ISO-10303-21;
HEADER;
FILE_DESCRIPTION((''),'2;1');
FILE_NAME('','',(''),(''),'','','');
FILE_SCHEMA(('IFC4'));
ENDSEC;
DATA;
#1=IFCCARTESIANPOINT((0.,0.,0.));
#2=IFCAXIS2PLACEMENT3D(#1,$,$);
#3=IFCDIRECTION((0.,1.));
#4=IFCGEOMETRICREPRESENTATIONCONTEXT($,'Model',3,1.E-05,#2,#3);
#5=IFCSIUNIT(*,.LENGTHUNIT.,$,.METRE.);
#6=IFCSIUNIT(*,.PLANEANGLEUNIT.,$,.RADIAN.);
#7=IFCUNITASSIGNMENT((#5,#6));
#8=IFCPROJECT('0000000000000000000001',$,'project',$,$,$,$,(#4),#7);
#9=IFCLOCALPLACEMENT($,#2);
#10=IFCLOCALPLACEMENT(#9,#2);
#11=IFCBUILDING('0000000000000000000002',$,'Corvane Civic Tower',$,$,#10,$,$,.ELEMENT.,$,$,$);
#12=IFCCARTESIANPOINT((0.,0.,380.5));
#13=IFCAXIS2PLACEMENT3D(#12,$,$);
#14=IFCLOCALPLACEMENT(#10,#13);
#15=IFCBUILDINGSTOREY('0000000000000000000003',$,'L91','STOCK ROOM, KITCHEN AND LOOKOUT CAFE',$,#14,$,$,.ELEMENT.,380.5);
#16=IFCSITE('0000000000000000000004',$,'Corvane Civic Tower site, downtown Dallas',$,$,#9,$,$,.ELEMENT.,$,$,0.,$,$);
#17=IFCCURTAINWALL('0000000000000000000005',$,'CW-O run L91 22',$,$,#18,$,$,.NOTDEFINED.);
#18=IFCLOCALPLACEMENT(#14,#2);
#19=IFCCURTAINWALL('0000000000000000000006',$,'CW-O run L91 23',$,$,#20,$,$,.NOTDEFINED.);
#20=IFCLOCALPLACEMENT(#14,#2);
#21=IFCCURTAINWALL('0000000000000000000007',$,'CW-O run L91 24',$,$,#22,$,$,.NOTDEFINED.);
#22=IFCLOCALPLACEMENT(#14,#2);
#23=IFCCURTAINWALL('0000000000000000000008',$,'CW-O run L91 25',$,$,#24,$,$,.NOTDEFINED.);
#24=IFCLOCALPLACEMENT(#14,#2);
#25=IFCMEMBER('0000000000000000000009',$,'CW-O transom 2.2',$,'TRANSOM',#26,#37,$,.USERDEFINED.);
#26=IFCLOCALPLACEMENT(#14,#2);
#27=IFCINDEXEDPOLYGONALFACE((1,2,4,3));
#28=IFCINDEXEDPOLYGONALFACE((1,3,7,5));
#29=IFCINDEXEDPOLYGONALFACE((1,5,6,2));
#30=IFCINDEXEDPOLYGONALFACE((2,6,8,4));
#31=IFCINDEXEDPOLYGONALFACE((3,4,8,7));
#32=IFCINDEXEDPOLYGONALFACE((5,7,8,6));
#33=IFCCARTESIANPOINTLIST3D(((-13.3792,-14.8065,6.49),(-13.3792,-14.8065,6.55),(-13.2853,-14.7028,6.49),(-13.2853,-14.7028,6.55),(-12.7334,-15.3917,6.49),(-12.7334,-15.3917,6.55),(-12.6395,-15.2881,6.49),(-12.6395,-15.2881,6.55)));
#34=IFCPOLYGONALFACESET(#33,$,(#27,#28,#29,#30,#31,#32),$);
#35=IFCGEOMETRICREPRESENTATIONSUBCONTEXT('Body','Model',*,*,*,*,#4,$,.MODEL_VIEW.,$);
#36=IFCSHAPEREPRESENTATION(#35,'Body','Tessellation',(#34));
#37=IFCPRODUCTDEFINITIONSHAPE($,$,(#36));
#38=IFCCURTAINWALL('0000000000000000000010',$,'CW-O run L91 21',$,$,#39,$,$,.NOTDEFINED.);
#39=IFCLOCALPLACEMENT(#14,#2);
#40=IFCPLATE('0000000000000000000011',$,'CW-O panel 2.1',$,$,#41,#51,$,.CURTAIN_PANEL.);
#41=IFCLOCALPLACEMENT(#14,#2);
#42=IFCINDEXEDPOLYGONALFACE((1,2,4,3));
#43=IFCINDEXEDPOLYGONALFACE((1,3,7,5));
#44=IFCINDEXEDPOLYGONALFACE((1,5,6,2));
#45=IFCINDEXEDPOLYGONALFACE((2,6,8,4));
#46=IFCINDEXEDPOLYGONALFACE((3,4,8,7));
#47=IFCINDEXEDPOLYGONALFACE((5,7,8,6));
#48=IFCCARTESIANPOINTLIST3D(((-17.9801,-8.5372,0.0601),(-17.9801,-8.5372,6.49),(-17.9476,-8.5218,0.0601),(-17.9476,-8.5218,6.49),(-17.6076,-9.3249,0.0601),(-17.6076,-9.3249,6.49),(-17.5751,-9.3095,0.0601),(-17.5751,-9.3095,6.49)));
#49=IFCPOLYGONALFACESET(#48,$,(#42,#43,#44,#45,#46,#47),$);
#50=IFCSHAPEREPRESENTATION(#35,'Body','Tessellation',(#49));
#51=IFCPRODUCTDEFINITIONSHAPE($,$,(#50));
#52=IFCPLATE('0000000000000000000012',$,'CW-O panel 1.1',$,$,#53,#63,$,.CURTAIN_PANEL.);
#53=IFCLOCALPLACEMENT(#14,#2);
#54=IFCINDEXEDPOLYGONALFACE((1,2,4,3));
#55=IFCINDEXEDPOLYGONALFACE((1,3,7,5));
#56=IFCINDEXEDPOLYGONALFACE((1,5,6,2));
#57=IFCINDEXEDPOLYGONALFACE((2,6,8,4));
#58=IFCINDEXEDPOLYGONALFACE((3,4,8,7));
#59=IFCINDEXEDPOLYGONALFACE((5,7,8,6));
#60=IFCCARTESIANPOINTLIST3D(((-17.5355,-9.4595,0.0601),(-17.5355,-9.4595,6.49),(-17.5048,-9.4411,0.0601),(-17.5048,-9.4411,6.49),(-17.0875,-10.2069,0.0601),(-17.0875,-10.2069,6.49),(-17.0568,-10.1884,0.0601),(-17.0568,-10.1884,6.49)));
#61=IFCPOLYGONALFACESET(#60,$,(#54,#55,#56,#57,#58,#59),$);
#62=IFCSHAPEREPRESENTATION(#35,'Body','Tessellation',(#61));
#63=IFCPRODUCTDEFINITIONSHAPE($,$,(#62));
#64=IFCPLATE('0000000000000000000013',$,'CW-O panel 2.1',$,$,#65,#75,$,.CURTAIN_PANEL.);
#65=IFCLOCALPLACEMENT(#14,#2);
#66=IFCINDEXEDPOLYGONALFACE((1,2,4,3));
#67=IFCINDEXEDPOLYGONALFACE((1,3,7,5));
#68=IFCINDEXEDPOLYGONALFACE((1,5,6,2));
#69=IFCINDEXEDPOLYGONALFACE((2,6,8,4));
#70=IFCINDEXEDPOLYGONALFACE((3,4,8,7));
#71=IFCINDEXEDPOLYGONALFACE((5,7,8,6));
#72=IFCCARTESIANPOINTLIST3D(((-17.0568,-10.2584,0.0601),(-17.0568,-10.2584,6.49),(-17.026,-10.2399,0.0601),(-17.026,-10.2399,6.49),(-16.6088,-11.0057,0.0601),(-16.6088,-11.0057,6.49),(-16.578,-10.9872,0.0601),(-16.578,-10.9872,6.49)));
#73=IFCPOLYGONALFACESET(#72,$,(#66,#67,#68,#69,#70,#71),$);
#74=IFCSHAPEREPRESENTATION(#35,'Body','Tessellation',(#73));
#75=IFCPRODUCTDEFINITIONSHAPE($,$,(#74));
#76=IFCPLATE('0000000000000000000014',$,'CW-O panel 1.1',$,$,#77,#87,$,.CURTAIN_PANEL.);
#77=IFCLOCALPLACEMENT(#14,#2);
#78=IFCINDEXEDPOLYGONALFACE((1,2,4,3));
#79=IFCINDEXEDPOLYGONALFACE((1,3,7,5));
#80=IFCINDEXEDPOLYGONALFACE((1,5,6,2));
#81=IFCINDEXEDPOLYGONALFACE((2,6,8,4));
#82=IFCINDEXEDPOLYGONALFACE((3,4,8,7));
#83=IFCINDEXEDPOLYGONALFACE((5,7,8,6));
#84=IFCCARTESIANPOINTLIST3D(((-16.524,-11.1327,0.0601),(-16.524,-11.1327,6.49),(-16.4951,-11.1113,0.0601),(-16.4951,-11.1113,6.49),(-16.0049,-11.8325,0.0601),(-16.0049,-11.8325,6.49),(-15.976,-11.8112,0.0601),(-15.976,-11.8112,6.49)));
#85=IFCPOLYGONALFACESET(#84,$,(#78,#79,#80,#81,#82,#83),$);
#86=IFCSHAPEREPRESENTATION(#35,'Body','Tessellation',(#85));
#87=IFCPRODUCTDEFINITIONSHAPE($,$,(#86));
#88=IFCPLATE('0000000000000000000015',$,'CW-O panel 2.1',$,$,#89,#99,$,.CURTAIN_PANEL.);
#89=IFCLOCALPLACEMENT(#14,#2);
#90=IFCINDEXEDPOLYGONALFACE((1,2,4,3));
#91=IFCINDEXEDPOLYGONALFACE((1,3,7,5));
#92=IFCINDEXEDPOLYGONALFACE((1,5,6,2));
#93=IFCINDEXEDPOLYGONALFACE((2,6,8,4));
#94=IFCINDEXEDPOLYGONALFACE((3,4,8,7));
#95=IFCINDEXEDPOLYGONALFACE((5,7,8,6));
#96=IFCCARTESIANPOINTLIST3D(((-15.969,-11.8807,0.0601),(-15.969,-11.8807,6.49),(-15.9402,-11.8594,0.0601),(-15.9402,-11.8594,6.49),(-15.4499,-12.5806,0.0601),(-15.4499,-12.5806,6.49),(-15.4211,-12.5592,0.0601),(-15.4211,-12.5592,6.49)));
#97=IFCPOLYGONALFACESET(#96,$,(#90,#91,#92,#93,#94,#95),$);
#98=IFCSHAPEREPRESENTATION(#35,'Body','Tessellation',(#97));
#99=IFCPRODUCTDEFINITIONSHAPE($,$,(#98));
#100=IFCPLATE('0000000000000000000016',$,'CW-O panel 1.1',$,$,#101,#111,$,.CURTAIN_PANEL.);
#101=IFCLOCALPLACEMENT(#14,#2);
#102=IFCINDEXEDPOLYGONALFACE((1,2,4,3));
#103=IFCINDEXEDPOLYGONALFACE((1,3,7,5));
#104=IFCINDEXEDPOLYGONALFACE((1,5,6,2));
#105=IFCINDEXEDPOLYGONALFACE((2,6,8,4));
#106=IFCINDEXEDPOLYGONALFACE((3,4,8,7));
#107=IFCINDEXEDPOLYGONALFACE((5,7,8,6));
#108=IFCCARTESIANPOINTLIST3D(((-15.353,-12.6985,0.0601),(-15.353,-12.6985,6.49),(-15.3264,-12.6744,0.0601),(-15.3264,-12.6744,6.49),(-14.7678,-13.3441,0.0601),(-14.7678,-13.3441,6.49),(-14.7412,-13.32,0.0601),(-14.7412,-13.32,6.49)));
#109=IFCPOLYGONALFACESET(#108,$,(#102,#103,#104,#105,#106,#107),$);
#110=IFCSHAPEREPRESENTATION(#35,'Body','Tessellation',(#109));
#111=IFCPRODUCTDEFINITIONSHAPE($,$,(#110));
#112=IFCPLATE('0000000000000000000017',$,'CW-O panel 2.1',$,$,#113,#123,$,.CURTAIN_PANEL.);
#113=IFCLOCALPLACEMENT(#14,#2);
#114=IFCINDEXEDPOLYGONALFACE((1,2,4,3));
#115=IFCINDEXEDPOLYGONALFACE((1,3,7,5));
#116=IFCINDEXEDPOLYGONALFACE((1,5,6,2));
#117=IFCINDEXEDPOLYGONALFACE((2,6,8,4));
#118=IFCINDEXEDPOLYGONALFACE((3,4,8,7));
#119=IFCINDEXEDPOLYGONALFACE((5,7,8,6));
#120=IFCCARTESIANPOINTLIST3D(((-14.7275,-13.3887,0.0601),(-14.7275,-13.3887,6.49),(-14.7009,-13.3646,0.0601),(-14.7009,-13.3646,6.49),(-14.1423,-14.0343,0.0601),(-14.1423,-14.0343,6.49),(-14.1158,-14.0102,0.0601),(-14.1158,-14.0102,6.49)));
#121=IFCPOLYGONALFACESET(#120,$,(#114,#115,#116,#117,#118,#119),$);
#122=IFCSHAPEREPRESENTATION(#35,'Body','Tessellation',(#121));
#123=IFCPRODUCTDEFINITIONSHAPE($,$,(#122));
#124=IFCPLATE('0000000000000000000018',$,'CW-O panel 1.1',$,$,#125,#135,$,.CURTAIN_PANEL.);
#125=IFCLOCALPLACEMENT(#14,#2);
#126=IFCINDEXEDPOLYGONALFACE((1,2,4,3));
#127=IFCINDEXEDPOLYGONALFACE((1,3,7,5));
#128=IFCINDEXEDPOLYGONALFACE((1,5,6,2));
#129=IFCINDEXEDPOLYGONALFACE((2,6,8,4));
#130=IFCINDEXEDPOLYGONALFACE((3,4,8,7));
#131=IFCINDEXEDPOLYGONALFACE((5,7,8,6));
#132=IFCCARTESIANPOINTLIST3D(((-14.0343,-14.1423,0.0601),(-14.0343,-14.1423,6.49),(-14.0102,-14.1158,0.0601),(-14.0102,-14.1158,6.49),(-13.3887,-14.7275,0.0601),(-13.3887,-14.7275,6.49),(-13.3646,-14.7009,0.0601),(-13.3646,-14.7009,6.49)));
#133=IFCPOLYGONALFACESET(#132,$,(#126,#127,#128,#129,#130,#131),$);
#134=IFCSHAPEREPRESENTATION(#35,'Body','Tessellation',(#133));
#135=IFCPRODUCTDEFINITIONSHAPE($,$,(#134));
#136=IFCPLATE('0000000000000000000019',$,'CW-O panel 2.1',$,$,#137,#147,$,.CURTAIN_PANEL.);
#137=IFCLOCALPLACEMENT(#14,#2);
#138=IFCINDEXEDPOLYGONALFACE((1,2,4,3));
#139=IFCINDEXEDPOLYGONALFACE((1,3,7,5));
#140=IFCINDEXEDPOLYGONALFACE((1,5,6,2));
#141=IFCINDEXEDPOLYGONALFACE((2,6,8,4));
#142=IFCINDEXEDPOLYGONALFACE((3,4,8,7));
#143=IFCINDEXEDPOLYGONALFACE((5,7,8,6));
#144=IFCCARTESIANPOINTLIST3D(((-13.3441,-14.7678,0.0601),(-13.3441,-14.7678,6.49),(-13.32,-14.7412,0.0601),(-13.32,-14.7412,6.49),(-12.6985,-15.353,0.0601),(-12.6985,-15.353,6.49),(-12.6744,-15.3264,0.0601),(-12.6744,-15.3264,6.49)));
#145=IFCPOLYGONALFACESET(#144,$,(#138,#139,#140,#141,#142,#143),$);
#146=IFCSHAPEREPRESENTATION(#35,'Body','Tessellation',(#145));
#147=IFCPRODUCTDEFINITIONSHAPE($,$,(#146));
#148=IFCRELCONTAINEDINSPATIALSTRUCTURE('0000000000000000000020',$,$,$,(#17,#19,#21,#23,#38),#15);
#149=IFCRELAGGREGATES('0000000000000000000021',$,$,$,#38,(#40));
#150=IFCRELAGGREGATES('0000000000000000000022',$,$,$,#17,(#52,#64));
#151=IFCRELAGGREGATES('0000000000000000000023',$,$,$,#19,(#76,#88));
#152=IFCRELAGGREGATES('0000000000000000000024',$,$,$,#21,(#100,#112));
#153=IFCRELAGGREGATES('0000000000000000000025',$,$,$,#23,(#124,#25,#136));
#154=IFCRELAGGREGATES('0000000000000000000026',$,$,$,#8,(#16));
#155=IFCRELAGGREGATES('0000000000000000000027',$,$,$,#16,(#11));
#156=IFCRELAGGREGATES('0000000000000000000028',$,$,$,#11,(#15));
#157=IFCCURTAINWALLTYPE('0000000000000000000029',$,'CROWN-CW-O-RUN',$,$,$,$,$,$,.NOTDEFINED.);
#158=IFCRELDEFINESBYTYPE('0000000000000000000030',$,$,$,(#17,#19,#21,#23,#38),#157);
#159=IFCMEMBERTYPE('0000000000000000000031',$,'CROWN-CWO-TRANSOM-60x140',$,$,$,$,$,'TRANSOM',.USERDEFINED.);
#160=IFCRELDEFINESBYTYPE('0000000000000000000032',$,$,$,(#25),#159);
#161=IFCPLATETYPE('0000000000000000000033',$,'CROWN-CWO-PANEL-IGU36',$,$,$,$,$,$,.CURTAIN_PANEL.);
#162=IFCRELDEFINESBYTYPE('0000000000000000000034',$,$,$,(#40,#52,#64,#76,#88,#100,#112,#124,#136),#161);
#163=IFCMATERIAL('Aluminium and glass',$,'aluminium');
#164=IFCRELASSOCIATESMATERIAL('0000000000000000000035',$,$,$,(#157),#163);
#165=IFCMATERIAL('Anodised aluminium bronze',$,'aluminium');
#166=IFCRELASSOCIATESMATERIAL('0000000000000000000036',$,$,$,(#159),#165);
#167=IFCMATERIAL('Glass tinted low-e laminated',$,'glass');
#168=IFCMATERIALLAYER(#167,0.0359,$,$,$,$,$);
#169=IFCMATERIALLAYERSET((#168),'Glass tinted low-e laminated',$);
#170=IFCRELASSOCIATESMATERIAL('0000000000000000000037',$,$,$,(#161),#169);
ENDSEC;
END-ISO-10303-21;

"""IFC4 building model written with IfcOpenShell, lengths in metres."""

from ifc_helpers import new_model, si_unit, direction, frame, origin, origin_2d, place, context, subcontext, project, spatial, rectangle, extrude, material, layer, layer_set, material_profile, profile_set, type_object, element, aggregate, save


model = new_model("IFC4")

# Units and contexts
model_context = context("Model", 3, precision=1e-05, world=origin(), true_north=direction((0.0, 1.0)))
body_context = subcontext(model_context, "Body", "Model", "MODEL_VIEW")
ifc_project = project(units=[si_unit("LENGTHUNIT", "METRE"), si_unit("PLANEANGLEUNIT", "RADIAN")], contexts=[model_context])

# Site, building, storey
site_placement = place(None, origin())
site = spatial("IfcSite", under=ifc_project, at=site_placement, Name="Corvane Civic Tower site, downtown Dallas", CompositionType="ELEMENT", RefElevation=0.0)
building_placement = place(site_placement, origin())
building = spatial("IfcBuilding", under=site, at=building_placement, Name="Corvane Civic Tower", CompositionType="ELEMENT")
storey_placement = place(building_placement, frame((0.0, 0.0, 380.5)))
storey = spatial("IfcBuildingStorey", under=building, at=storey_placement, Name="L91", Description="STOCK ROOM, KITCHEN AND LOOKOUT CAFE", CompositionType="ELEMENT", Elevation=380.5)

# Curtain walls, member
ifc_material_1 = material(Name="Aluminium and glass", Category="aluminium")
curtain_wall_type = type_object("IfcCurtainWallType", Name="CROWN-CW-O-RUN", PredefinedType="NOTDEFINED", material=ifc_material_1)
curtain_wall_1_placement = place(storey_placement, origin())
curtain_wall_1 = element("IfcCurtainWall", 1, at=curtain_wall_1_placement, inside=storey, type_object=curtain_wall_type, Name="CW-O run L91 22", PredefinedType="NOTDEFINED")
ifc_material_2 = material(Name="Anodised aluminium bronze", Category="aluminium")
ifc_material_profile = material_profile(ifc_material_2, rectangle(XDim=0.1399, YDim=0.0601, at=origin_2d()), Name="AL 140x60")
ifc_profile_set = profile_set([ifc_material_profile], Name="Anodised aluminium bronze")
member_type = type_object("IfcMemberType", Name="CROWN-CWO-TRANSOM-60x140", ElementType="TRANSOM", PredefinedType="USERDEFINED", material=ifc_profile_set)
curtain_wall_2_placement = place(storey_placement, origin())
curtain_wall_2 = element("IfcCurtainWall", 2, at=curtain_wall_2_placement, inside=storey, type_object=curtain_wall_type, Name="CW-O run L91 23", PredefinedType="NOTDEFINED")
curtain_wall_3_placement = place(storey_placement, origin())
curtain_wall_3 = element("IfcCurtainWall", 3, at=curtain_wall_3_placement, inside=storey, type_object=curtain_wall_type, Name="CW-O run L91 24", PredefinedType="NOTDEFINED")
curtain_wall_4_placement = place(storey_placement, origin())
curtain_wall_4 = element("IfcCurtainWall", 4, at=curtain_wall_4_placement, inside=storey, type_object=curtain_wall_type, Name="CW-O run L91 25", PredefinedType="NOTDEFINED")
member_1_placement = place(storey_placement, frame((-13.3323, -14.7546, 6.52), z_axis=(0.740991, -0.671515, 0.0), x_axis=(0.671515, 0.740991, 0.0)))
member_1 = element("IfcMember", 5, at=member_1_placement, type_object=member_type, Name="CW-O transom 2.2", ObjectType="TRANSOM", PredefinedType="USERDEFINED", context=body_context, shape_type="SweptSolid", body=[
    extrude(rectangle(XDim=0.1399, YDim=0.0601, at=origin_2d()), origin(), (0.0, 0.0, 1.0), 0.8716),
])

# Curtain wall, plate
curtain_wall_5_placement = place(storey_placement, origin())
curtain_wall_5 = element("IfcCurtainWall", 6, at=curtain_wall_5_placement, inside=storey, type_object=curtain_wall_type, Name="CW-O run L91 21", PredefinedType="NOTDEFINED")
ifc_material_3 = material(Name="Glass tinted low-e laminated", Category="glass")
ifc_layer = layer(ifc_material_3, 0.0359)
ifc_layer_set = layer_set([ifc_layer], Name="Glass tinted low-e laminated")
plate_type = type_object("IfcPlateType", Name="CROWN-CWO-PANEL-IGU36", PredefinedType="CURTAIN_PANEL", material=ifc_layer_set)
plate_1_placement = place(storey_placement, frame((-17.7776, -8.9233, 0.0601), z_axis=(0.0, 0.0, 1.0), x_axis=(0.427509, -0.904011, 0.0)))
plate_1 = element("IfcPlate", 7, at=plate_1_placement, type_object=plate_type, Name="CW-O panel 2.1", PredefinedType="CURTAIN_PANEL", context=body_context, shape_type="SweptSolid", body=[
    extrude(rectangle(XDim=0.8713, YDim=0.0359, at=origin_2d()), origin(), (0.0, 0.0, 1.0), 6.4299),
])
aggregate(curtain_wall_5, [plate_1])

# Plates
plate_2_placement = place(storey_placement, frame((-17.2961, -9.824, 0.0601), z_axis=(0.0, 0.0, 1.0), x_axis=(0.514152, -0.857699, 0.0)))
plate_2 = element("IfcPlate", 8, at=plate_2_placement, type_object=plate_type, Name="CW-O panel 1.1", PredefinedType="CURTAIN_PANEL", context=body_context, shape_type="SweptSolid", body=[
    extrude(rectangle(XDim=0.8713, YDim=0.0359, at=origin_2d()), origin(), (0.0, 0.0, 1.0), 6.4299),
])
plate_3_placement = place(storey_placement, frame((-16.8174, -10.6228, 0.0601), z_axis=(0.0, 0.0, 1.0), x_axis=(0.514152, -0.857699, 0.0)))
plate_3 = element("IfcPlate", 9, at=plate_3_placement, type_object=plate_type, Name="CW-O panel 2.1", PredefinedType="CURTAIN_PANEL", context=body_context, shape_type="SweptSolid", body=[
    extrude(rectangle(XDim=0.8713, YDim=0.0359, at=origin_2d()), origin(), (0.0, 0.0, 1.0), 6.4299),
])
aggregate(curtain_wall_1, [plate_2, plate_3])
plate_4_placement = place(storey_placement, frame((-16.25, -11.4719, 0.0601), z_axis=(0.0, 0.0, 1.0), x_axis=(0.595722, -0.80319, 0.0)))
plate_4 = element("IfcPlate", 10, at=plate_4_placement, type_object=plate_type, Name="CW-O panel 1.1", PredefinedType="CURTAIN_PANEL", context=body_context, shape_type="SweptSolid", body=[
    extrude(rectangle(XDim=0.8713, YDim=0.0359, at=origin_2d()), origin(), (0.0, 0.0, 1.0), 6.4299),
])
plate_5_placement = place(storey_placement, frame((-15.6951, -12.22, 0.0601), z_axis=(0.0, 0.0, 1.0), x_axis=(0.595722, -0.80319, 0.0)))
plate_5 = element("IfcPlate", 11, at=plate_5_placement, type_object=plate_type, Name="CW-O panel 2.1", PredefinedType="CURTAIN_PANEL", context=body_context, shape_type="SweptSolid", body=[
    extrude(rectangle(XDim=0.8713, YDim=0.0359, at=origin_2d()), origin(), (0.0, 0.0, 1.0), 6.4299),
])
aggregate(curtain_wall_2, [plate_4, plate_5])
plate_6_placement = place(storey_placement, frame((-15.0471, -13.0093, 0.0601), z_axis=(0.0, 0.0, 1.0), x_axis=(0.671567, -0.740944, 0.0)))
plate_6 = element("IfcPlate", 12, at=plate_6_placement, type_object=plate_type, Name="CW-O panel 1.1", PredefinedType="CURTAIN_PANEL", context=body_context, shape_type="SweptSolid", body=[
    extrude(rectangle(XDim=0.8713, YDim=0.0359, at=origin_2d()), origin(), (0.0, 0.0, 1.0), 6.4299),
])
plate_7_placement = place(storey_placement, frame((-14.4216, -13.6995, 0.0601), z_axis=(0.0, 0.0, 1.0), x_axis=(0.671567, -0.740944, 0.0)))
plate_7 = element("IfcPlate", 13, at=plate_7_placement, type_object=plate_type, Name="CW-O panel 2.1", PredefinedType="CURTAIN_PANEL", context=body_context, shape_type="SweptSolid", body=[
    extrude(rectangle(XDim=0.8713, YDim=0.0359, at=origin_2d()), origin(), (0.0, 0.0, 1.0), 6.4299),
])
aggregate(curtain_wall_3, [plate_6, plate_7])
plate_8_placement = place(storey_placement, frame((-13.6995, -14.4216, 0.0601), z_axis=(0.0, 0.0, 1.0), x_axis=(0.740944, -0.671567, 0.0)))
plate_8 = element("IfcPlate", 14, at=plate_8_placement, type_object=plate_type, Name="CW-O panel 1.1", PredefinedType="CURTAIN_PANEL", context=body_context, shape_type="SweptSolid", body=[
    extrude(rectangle(XDim=0.8713, YDim=0.0359, at=origin_2d()), origin(), (0.0, 0.0, 1.0), 6.4299),
])
plate_9_placement = place(storey_placement, frame((-13.0093, -15.0471, 0.0601), z_axis=(0.0, 0.0, 1.0), x_axis=(0.740944, -0.671567, 0.0)))
plate_9 = element("IfcPlate", 15, at=plate_9_placement, type_object=plate_type, Name="CW-O panel 2.1", PredefinedType="CURTAIN_PANEL", context=body_context, shape_type="SweptSolid", body=[
    extrude(rectangle(XDim=0.8713, YDim=0.0359, at=origin_2d()), origin(), (0.0, 0.0, 1.0), 6.4299),
])
aggregate(curtain_wall_4, [plate_8, member_1, plate_9])

save(model, "model.ifc")
